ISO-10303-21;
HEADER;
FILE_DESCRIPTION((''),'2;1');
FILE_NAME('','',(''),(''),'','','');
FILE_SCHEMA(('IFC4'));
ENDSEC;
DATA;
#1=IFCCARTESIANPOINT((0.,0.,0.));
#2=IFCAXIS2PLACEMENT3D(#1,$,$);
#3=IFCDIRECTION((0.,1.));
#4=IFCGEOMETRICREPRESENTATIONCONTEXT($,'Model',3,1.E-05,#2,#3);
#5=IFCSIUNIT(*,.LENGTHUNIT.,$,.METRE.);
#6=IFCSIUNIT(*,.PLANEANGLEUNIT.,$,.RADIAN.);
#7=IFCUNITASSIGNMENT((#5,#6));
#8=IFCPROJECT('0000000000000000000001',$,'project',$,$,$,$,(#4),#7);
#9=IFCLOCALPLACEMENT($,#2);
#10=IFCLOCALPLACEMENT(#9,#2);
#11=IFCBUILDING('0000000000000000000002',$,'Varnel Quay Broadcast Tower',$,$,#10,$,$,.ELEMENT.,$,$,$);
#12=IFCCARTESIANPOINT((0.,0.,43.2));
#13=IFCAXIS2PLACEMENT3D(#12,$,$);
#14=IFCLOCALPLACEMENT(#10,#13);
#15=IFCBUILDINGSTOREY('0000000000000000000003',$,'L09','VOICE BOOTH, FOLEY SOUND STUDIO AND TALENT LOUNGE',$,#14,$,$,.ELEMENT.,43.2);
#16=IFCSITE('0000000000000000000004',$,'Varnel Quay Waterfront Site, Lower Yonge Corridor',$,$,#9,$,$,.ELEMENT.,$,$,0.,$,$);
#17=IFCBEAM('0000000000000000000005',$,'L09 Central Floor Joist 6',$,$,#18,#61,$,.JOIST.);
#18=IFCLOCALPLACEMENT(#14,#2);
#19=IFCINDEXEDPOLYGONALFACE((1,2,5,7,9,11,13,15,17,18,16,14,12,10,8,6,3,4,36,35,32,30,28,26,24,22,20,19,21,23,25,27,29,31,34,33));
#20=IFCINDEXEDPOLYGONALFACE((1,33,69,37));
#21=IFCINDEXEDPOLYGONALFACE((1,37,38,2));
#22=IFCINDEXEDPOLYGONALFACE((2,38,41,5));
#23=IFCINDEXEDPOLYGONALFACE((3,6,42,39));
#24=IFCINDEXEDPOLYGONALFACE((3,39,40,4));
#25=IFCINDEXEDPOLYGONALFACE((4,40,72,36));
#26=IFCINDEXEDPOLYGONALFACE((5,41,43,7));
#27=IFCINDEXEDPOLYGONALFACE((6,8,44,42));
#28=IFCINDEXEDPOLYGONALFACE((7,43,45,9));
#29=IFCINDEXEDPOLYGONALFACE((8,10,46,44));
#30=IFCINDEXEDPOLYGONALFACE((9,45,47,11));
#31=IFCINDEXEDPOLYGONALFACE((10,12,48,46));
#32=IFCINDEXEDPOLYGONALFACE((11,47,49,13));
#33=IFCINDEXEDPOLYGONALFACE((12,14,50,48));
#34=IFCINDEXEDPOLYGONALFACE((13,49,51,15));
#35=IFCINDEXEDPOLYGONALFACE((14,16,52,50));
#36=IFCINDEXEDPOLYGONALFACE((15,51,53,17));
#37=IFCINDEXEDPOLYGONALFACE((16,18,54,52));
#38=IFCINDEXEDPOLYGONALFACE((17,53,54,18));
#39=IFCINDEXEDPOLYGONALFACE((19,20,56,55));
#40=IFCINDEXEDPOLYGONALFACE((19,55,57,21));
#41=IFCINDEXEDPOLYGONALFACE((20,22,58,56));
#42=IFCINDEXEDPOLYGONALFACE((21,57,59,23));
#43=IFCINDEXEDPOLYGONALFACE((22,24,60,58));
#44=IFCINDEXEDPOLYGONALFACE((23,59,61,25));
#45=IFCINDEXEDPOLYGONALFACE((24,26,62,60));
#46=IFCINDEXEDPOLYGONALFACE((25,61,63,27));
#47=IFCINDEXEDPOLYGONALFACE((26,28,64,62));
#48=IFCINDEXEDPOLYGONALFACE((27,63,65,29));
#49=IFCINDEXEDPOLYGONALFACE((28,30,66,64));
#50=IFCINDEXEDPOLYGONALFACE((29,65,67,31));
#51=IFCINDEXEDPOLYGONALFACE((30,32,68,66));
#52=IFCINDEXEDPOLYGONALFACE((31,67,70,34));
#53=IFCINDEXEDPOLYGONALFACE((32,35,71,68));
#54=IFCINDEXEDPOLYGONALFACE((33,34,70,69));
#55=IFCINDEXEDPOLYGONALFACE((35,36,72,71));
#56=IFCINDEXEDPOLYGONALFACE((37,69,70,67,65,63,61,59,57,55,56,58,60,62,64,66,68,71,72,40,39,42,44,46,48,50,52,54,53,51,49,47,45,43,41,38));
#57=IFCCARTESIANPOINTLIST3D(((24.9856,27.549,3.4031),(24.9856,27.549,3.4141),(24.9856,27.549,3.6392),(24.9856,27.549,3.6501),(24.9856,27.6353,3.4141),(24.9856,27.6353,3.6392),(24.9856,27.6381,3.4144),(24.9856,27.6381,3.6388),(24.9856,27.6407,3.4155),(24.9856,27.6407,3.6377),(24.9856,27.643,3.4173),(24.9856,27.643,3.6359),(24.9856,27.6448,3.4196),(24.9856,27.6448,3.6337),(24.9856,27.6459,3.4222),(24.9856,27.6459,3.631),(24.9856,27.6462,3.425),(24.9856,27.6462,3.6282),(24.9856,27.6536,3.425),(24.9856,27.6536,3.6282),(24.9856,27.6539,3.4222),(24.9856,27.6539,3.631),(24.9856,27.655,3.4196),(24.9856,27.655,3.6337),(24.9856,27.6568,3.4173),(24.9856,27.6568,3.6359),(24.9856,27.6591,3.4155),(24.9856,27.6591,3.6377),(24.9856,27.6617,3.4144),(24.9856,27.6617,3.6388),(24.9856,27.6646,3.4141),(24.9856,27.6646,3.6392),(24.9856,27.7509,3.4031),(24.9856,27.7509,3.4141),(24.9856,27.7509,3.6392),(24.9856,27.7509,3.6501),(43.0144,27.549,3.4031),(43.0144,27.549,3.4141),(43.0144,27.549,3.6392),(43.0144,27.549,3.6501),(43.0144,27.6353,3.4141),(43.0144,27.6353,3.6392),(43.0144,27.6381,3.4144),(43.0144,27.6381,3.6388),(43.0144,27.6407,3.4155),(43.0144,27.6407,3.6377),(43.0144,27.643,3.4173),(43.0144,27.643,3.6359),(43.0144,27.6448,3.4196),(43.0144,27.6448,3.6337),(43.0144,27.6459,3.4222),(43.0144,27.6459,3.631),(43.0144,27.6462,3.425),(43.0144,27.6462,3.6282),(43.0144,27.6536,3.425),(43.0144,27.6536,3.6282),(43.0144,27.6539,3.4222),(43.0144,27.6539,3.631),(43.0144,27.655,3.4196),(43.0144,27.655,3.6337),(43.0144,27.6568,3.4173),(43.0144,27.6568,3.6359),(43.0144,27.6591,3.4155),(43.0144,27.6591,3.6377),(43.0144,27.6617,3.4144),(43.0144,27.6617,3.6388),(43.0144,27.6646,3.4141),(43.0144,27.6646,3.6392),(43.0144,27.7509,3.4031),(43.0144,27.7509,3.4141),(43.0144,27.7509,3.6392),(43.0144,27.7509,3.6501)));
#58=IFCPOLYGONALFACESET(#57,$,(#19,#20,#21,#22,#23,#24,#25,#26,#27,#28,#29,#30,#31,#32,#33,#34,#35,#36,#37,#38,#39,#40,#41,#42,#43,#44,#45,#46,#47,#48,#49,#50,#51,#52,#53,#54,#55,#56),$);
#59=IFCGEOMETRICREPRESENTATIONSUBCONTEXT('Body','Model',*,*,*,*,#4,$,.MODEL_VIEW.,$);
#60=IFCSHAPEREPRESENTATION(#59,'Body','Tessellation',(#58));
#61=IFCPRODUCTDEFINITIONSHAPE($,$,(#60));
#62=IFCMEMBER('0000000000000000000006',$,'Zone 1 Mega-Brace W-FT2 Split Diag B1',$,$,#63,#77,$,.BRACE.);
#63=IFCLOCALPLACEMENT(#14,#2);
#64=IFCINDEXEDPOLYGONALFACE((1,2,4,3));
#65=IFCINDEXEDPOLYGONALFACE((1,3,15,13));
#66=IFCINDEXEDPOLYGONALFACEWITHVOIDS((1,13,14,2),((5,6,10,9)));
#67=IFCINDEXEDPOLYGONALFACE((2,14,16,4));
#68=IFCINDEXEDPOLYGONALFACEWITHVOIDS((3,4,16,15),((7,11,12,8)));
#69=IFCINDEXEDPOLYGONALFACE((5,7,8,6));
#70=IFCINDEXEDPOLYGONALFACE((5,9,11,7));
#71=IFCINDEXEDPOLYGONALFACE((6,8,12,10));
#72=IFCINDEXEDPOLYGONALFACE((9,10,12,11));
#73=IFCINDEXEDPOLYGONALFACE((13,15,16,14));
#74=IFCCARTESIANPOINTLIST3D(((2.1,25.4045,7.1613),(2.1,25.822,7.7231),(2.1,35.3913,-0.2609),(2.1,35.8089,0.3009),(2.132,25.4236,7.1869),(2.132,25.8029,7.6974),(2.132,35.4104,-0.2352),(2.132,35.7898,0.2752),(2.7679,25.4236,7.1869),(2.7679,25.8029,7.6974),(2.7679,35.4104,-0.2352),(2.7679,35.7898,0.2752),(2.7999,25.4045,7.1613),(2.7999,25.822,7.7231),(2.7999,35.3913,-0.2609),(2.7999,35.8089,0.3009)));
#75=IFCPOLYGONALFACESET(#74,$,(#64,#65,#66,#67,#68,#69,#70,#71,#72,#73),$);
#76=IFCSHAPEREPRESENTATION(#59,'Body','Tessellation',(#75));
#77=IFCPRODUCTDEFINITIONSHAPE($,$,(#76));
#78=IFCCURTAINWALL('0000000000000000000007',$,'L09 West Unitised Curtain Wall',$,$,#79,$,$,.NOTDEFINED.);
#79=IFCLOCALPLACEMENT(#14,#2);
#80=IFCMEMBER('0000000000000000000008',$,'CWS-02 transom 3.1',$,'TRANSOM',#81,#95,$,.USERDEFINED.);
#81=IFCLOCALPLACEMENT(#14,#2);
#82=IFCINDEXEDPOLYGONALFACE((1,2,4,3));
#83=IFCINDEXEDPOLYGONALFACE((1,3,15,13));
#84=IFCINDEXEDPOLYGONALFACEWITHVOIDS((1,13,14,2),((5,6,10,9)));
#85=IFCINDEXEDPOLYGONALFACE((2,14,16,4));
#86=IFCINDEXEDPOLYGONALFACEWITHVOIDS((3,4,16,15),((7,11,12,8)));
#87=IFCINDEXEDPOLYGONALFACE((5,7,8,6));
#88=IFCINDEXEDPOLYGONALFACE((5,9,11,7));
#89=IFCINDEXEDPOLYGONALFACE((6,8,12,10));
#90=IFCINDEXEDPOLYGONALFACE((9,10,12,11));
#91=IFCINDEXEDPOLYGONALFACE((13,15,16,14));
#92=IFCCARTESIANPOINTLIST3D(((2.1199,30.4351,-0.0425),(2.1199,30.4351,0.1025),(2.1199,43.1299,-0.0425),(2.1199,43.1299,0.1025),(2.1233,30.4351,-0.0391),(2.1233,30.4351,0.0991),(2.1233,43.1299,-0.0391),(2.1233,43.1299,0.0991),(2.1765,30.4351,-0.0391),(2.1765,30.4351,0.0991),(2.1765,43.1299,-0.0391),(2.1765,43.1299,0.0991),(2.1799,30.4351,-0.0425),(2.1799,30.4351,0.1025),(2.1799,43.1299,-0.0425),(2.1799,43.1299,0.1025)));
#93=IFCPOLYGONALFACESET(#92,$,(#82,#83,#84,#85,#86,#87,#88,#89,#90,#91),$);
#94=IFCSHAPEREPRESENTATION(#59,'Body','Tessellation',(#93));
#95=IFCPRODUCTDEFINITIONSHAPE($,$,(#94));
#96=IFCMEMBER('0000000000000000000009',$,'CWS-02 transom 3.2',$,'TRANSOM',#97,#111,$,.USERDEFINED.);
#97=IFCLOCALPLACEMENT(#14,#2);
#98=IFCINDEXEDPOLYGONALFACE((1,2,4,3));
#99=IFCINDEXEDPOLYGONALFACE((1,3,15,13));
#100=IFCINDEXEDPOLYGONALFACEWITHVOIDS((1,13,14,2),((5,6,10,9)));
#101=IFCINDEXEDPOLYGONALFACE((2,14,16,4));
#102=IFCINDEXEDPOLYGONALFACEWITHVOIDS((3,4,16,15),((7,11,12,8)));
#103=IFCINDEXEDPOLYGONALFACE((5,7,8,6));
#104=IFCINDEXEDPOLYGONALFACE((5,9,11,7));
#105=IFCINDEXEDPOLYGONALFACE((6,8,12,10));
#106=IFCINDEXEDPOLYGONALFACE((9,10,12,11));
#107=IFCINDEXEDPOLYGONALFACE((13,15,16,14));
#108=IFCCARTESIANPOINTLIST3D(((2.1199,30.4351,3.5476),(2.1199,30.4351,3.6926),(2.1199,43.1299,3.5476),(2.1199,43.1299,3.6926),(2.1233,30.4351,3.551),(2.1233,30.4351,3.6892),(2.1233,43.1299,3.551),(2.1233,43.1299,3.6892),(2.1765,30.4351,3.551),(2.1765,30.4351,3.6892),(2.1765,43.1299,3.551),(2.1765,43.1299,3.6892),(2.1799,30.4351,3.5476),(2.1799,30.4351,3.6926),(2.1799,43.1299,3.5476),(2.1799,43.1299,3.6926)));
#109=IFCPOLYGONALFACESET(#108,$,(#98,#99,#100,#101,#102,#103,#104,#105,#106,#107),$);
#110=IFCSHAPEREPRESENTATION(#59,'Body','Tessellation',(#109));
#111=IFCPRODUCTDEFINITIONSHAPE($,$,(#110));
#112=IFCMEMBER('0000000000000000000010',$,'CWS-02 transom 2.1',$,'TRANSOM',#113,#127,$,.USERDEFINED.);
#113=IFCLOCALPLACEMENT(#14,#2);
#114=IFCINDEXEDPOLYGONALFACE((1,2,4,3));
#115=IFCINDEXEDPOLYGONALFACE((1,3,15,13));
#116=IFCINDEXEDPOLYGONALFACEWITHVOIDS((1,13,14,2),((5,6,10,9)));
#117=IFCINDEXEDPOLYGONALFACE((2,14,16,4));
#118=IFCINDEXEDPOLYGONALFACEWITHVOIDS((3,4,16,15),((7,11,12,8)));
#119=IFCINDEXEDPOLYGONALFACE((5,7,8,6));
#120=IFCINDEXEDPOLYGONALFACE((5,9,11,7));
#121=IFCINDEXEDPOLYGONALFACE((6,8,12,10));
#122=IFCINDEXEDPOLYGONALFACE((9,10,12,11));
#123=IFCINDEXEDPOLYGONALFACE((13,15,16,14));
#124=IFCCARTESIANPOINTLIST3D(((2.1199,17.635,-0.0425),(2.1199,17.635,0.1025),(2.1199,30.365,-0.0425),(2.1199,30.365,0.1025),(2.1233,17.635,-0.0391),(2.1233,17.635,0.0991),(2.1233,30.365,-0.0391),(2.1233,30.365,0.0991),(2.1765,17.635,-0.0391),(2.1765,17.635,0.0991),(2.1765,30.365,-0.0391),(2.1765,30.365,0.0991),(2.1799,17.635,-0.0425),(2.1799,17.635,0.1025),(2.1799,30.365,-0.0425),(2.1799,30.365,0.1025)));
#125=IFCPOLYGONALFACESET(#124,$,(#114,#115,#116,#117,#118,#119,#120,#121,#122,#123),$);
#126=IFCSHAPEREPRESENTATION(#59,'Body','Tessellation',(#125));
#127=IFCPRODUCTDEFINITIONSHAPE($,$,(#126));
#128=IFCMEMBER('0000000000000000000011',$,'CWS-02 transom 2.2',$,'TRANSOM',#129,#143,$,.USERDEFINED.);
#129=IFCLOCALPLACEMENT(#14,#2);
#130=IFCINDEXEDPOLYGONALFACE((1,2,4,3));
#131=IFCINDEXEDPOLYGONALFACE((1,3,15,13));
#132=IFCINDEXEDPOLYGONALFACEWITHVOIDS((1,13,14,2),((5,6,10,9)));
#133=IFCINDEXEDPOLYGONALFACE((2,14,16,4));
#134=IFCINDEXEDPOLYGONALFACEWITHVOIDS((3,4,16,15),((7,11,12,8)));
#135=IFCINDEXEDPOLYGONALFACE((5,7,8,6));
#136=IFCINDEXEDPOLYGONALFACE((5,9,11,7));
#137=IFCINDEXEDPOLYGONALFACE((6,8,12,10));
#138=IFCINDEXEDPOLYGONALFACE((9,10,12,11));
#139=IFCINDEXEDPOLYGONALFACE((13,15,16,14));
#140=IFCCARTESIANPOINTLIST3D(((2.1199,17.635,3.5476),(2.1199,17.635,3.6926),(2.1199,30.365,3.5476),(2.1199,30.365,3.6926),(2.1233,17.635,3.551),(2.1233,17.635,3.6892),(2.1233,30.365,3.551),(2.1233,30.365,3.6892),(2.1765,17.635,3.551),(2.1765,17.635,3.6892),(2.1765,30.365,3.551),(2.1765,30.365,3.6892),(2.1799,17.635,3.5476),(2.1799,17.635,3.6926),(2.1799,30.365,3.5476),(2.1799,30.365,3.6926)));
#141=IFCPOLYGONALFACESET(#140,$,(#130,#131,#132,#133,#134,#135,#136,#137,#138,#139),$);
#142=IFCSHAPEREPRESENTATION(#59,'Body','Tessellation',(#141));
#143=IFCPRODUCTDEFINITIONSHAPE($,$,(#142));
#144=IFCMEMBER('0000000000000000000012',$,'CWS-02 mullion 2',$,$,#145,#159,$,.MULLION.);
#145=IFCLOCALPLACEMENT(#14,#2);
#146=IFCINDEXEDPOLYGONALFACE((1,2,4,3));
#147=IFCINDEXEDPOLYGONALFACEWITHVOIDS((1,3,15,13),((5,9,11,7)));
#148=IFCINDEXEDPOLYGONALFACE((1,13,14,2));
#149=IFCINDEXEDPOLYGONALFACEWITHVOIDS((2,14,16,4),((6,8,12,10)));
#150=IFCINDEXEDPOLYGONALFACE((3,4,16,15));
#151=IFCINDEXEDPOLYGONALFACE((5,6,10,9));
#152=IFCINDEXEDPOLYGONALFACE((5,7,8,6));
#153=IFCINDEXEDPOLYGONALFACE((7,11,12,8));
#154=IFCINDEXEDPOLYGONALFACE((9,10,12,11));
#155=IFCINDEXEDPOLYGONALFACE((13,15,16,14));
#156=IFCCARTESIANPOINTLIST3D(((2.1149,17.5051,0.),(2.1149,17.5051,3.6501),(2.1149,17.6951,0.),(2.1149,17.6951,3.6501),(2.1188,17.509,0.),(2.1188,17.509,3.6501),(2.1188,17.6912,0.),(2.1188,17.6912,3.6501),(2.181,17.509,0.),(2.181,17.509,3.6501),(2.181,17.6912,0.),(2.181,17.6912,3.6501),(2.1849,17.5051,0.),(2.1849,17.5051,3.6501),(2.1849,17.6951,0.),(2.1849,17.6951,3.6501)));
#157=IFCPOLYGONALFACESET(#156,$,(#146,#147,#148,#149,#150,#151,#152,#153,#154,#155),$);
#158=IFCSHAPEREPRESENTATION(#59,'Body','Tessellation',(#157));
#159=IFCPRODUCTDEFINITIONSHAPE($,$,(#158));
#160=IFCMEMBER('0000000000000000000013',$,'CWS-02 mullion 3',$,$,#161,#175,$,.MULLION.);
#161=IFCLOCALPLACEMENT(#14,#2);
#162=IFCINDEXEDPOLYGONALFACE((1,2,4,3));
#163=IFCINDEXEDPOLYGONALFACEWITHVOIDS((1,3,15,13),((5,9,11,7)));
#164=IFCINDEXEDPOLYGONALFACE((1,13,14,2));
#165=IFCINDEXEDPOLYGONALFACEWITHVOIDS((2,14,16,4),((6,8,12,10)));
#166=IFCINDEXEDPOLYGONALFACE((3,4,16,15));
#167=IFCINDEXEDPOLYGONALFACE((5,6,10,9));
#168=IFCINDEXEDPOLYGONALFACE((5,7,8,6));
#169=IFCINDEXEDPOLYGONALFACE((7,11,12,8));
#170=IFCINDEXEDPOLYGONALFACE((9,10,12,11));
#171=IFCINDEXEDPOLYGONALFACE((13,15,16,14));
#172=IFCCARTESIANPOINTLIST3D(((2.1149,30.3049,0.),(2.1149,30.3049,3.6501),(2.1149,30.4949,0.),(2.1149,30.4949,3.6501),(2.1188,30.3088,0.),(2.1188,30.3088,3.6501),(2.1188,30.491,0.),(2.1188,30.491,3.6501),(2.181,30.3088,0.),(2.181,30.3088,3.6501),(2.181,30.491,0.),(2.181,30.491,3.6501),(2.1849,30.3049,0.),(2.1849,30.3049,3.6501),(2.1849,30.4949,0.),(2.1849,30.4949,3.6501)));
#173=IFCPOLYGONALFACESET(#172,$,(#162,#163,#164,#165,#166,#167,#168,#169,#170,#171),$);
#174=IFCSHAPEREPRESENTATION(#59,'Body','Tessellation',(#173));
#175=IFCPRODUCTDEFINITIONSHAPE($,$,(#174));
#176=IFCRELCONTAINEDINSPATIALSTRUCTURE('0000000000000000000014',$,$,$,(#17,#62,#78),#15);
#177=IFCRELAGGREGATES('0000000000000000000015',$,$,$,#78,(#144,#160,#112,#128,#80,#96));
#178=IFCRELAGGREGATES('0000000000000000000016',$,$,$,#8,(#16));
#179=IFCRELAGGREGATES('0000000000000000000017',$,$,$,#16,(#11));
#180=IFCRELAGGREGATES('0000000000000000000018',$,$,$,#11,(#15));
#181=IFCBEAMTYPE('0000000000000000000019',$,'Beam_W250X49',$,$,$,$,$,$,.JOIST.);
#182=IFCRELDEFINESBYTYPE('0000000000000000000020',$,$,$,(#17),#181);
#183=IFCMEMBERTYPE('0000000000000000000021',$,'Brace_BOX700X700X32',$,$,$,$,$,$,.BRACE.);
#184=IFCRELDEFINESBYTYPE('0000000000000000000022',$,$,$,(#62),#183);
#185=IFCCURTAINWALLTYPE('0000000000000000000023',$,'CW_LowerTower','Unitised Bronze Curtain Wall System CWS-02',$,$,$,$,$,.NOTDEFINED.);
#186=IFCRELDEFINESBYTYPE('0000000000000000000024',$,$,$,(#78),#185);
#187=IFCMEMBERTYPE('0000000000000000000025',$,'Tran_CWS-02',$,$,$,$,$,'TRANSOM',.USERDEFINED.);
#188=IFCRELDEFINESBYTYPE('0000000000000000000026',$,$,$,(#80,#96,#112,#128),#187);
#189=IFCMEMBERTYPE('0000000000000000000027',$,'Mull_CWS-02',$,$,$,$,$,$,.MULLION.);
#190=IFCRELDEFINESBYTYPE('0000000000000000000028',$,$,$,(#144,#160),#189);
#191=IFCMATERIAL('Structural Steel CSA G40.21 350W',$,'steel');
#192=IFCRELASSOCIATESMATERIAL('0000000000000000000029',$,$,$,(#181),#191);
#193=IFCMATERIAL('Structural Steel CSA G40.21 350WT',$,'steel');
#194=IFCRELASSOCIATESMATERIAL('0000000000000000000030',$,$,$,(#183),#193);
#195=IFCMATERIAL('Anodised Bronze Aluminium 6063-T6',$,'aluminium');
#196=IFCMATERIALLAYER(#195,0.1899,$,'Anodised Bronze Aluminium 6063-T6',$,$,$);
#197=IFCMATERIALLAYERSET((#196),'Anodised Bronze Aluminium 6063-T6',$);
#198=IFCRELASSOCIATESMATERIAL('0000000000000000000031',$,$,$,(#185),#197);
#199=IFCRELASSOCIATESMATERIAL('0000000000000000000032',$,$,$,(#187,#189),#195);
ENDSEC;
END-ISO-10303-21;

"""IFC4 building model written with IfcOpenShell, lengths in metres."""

from ifc_helpers import new_model, si_unit, direction, frame, origin, origin_2d, place, context, subcontext, project, spatial, hollow_rectangle, i_section, extrude, source, transform, mapped, material, layer, layer_set, material_profile, profile_set, type_object, type_shapes, element, aggregate, save


model = new_model("IFC4")

# Units and contexts
model_context = context("Model", 3, precision=1e-05, world=origin(), true_north=direction((0.0, 1.0)))
body_context = subcontext(model_context, "Body", "Model", "MODEL_VIEW")
ifc_project = project(units=[si_unit("LENGTHUNIT", "METRE"), si_unit("PLANEANGLEUNIT", "RADIAN")], contexts=[model_context])

# Site, building, storey
site_placement = place(None, origin())
site = spatial("IfcSite", under=ifc_project, at=site_placement, Name="Varnel Quay Waterfront Site, Lower Yonge Corridor", CompositionType="ELEMENT", RefElevation=0.0)
building_placement = place(site_placement, origin())
building = spatial("IfcBuilding", under=site, at=building_placement, Name="Varnel Quay Broadcast Tower", CompositionType="ELEMENT")
storey_placement = place(building_placement, frame((0.0, 0.0, 43.2)))
storey = spatial("IfcBuildingStorey", under=building, at=storey_placement, Name="L09", Description="VOICE BOOTH, FOLEY SOUND STUDIO AND TALENT LOUNGE", CompositionType="ELEMENT", Elevation=43.2)

# Shared definitions
ifc_material_1 = material(Name="Structural Steel CSA G40.21 350WT", Category="steel")
ifc_material_2 = material(Name="Structural Steel CSA G40.21 350W", Category="steel")

# Beam
ifc_material_profile_1 = material_profile(ifc_material_2, i_section(OverallWidth=0.2019, OverallDepth=0.2471, WebThickness=0.0073, FlangeThickness=0.011, FilletRadius=0.011, at=origin_2d()), Name="W250X49")
ifc_profile_set_1 = profile_set([ifc_material_profile_1], Name="Structural Steel CSA G40.21 350W")
beam_type_1 = type_object("IfcBeamType", Name="Beam_W250X49", PredefinedType="JOIST", material=ifc_profile_set_1)
shared_shape_1 = source(origin(), body_context, "Body", "SweptSolid", [
    extrude(i_section(OverallWidth=0.2019, OverallDepth=0.2471, WebThickness=0.0073, FlangeThickness=0.011, FilletRadius=0.011, at=origin_2d()), origin(), (0.0, 0.0, 1.0), 18.0288),
])
beam_1_placement = place(storey_placement, frame((24.9856, 27.6499, 3.5266), z_axis=(1.0, 0.0, 0.0), x_axis=(0.0, 1.0, 0.0)))
element("IfcBeam", 1, at=beam_1_placement, inside=storey, type_object=beam_type_1, Name="L09 Central Floor Joist 6", PredefinedType="JOIST", context=body_context, shape_type="MappedRepresentation", body=[
    mapped(shared_shape_1, transform((0.0, 0.0, 0.0), x_axis=(1.0, 0.0, 0.0), y_axis=(0.0, 1.0, 0.0), z_axis=(0.0, 0.0, 1.0), scale=1.0)),
])

# Member
ifc_material_profile_2 = material_profile(ifc_material_1, hollow_rectangle(XDim=0.7, YDim=0.7, WallThickness=0.032, at=origin_2d()), Name="BOX700X700X32")
ifc_profile_set_2 = profile_set([ifc_material_profile_2], Name="Structural Steel CSA G40.21 350WT")
member_type_1 = type_object("IfcMemberType", Name="Brace_BOX700X700X32", PredefinedType="BRACE", material=ifc_profile_set_2)
shared_shape_2 = source(origin(), body_context, "Body", "SweptSolid", [
    extrude(hollow_rectangle(XDim=0.7, YDim=0.7, WallThickness=0.032, at=origin_2d()), origin(), (0.0, 0.0, 1.0), 12.4429),
])
type_shapes(member_type_1, [shared_shape_2])
member_1_placement = place(storey_placement, frame((2.45, 35.6001, 0.02), z_axis=(0.0, -0.802615, 0.596497), x_axis=(1.0, 0.0, 0.0)))
element("IfcMember", 2, at=member_1_placement, inside=storey, type_object=member_type_1, Name="Zone 1 Mega-Brace W-FT2 Split Diag B1", PredefinedType="BRACE", context=body_context, shape_type="MappedRepresentation", body=[
    mapped(shared_shape_2, transform((0.0, 0.0, 0.0), x_axis=(1.0, 0.0, 0.0), y_axis=(0.0, 1.0, 0.0), z_axis=(0.0, 0.0, 1.0), scale=1.0)),
])

# Curtain wall, members
ifc_material_3 = material(Name="Anodised Bronze Aluminium 6063-T6", Category="aluminium")
ifc_layer_1 = layer(ifc_material_3, 0.1899, Name="Anodised Bronze Aluminium 6063-T6")
ifc_layer_set_1 = layer_set([ifc_layer_1], Name="Anodised Bronze Aluminium 6063-T6")
curtain_wall_type = type_object("IfcCurtainWallType", Name="CW_LowerTower", Description="Unitised Bronze Curtain Wall System CWS-02", PredefinedType="NOTDEFINED", material=ifc_layer_set_1)
curtain_wall_placement = place(storey_placement, origin())
curtain_wall = element("IfcCurtainWall", 3, at=curtain_wall_placement, inside=storey, type_object=curtain_wall_type, Name="L09 West Unitised Curtain Wall", PredefinedType="NOTDEFINED")
ifc_material_profile_3 = material_profile(ifc_material_3, hollow_rectangle(XDim=0.0601, YDim=0.145, WallThickness=0.0034, at=origin_2d()), Name="ALU60X145X3.5")
ifc_profile_set_3 = profile_set([ifc_material_profile_3], Name="Anodised Bronze Aluminium 6063-T6")
member_type_2 = type_object("IfcMemberType", Name="Tran_CWS-02", ElementType="TRANSOM", PredefinedType="USERDEFINED", material=ifc_profile_set_3)
shared_shape_3 = source(origin(), body_context, "Body", "SweptSolid", [
    extrude(hollow_rectangle(XDim=0.0601, YDim=0.145, WallThickness=0.0034, at=origin_2d()), origin(), (0.0, 0.0, 1.0), 12.6948),
])
member_2_placement = place(storey_placement, frame((2.1499, 30.4351, 0.03), z_axis=(0.0, 1.0, 0.0), x_axis=(-1.0, 0.0, 0.0)))
member_2 = element("IfcMember", 4, at=member_2_placement, type_object=member_type_2, Name="CWS-02 transom 3.1", ObjectType="TRANSOM", PredefinedType="USERDEFINED", context=body_context, shape_type="MappedRepresentation", body=[
    mapped(shared_shape_3, transform((0.0, 0.0, 0.0), x_axis=(1.0, 0.0, 0.0), y_axis=(0.0, 1.0, 0.0), z_axis=(0.0, 0.0, 1.0), scale=1.0)),
])
member_3_placement = place(storey_placement, frame((2.1499, 30.4351, 3.6201), z_axis=(0.0, 1.0, 0.0), x_axis=(-1.0, 0.0, 0.0)))
member_3 = element("IfcMember", 5, at=member_3_placement, type_object=member_type_2, Name="CWS-02 transom 3.2", ObjectType="TRANSOM", PredefinedType="USERDEFINED", context=body_context, shape_type="MappedRepresentation", body=[
    mapped(shared_shape_3, transform((0.0, 0.0, 0.0), x_axis=(1.0, 0.0, 0.0), y_axis=(0.0, 1.0, 0.0), z_axis=(0.0, 0.0, 1.0), scale=1.0)),
])
shared_shape_4 = source(origin(), body_context, "Body", "SweptSolid", [
    extrude(hollow_rectangle(XDim=0.0601, YDim=0.145, WallThickness=0.0034, at=origin_2d()), origin(), (0.0, 0.0, 1.0), 12.73),
])
type_shapes(member_type_2, [shared_shape_3, shared_shape_4])
member_4_placement = place(storey_placement, frame((2.1499, 17.635, 0.03), z_axis=(0.0, 1.0, 0.0), x_axis=(-1.0, 0.0, 0.0)))
member_4 = element("IfcMember", 6, at=member_4_placement, type_object=member_type_2, Name="CWS-02 transom 2.1", ObjectType="TRANSOM", PredefinedType="USERDEFINED", context=body_context, shape_type="MappedRepresentation", body=[
    mapped(shared_shape_4, transform((0.0, 0.0, 0.0), x_axis=(1.0, 0.0, 0.0), y_axis=(0.0, 1.0, 0.0), z_axis=(0.0, 0.0, 1.0), scale=1.0)),
])
member_5_placement = place(storey_placement, frame((2.1499, 17.635, 3.6201), z_axis=(0.0, 1.0, 0.0), x_axis=(-1.0, 0.0, 0.0)))
member_5 = element("IfcMember", 7, at=member_5_placement, type_object=member_type_2, Name="CWS-02 transom 2.2", ObjectType="TRANSOM", PredefinedType="USERDEFINED", context=body_context, shape_type="MappedRepresentation", body=[
    mapped(shared_shape_4, transform((0.0, 0.0, 0.0), x_axis=(1.0, 0.0, 0.0), y_axis=(0.0, 1.0, 0.0), z_axis=(0.0, 0.0, 1.0), scale=1.0)),
])
ifc_material_profile_4 = material_profile(ifc_material_3, hollow_rectangle(XDim=0.0701, YDim=0.1899, WallThickness=0.0039, at=origin_2d()), Name="ALU70X190X4")
ifc_profile_set_4 = profile_set([ifc_material_profile_4], Name="Anodised Bronze Aluminium 6063-T6")
member_type_3 = type_object("IfcMemberType", Name="Mull_CWS-02", PredefinedType="MULLION", material=ifc_profile_set_4)
shared_shape_5 = source(origin(), body_context, "Body", "SweptSolid", [
    extrude(hollow_rectangle(XDim=0.0701, YDim=0.1899, WallThickness=0.0039, at=origin_2d()), origin(), (0.0, 0.0, 1.0), 3.6501),
])
type_shapes(member_type_3, [shared_shape_5])
member_6_placement = place(storey_placement, frame((2.1499, 17.6001, 0.0), z_axis=(0.0, 0.0, 1.0), x_axis=(-1.0, 0.0, 0.0)))
member_6 = element("IfcMember", 8, at=member_6_placement, type_object=member_type_3, Name="CWS-02 mullion 2", PredefinedType="MULLION", context=body_context, shape_type="MappedRepresentation", body=[
    mapped(shared_shape_5, transform((0.0, 0.0, 0.0), x_axis=(1.0, 0.0, 0.0), y_axis=(0.0, 1.0, 0.0), z_axis=(0.0, 0.0, 1.0), scale=1.0)),
])
member_7_placement = place(storey_placement, frame((2.1499, 30.3999, 0.0), z_axis=(0.0, 0.0, 1.0), x_axis=(-1.0, 0.0, 0.0)))
member_7 = element("IfcMember", 9, at=member_7_placement, type_object=member_type_3, Name="CWS-02 mullion 3", PredefinedType="MULLION", context=body_context, shape_type="MappedRepresentation", body=[
    mapped(shared_shape_5, transform((0.0, 0.0, 0.0), x_axis=(1.0, 0.0, 0.0), y_axis=(0.0, 1.0, 0.0), z_axis=(0.0, 0.0, 1.0), scale=1.0)),
])

aggregate(curtain_wall, [member_6, member_7, member_4, member_5, member_2, member_3])

save(model, "model.ifc")
